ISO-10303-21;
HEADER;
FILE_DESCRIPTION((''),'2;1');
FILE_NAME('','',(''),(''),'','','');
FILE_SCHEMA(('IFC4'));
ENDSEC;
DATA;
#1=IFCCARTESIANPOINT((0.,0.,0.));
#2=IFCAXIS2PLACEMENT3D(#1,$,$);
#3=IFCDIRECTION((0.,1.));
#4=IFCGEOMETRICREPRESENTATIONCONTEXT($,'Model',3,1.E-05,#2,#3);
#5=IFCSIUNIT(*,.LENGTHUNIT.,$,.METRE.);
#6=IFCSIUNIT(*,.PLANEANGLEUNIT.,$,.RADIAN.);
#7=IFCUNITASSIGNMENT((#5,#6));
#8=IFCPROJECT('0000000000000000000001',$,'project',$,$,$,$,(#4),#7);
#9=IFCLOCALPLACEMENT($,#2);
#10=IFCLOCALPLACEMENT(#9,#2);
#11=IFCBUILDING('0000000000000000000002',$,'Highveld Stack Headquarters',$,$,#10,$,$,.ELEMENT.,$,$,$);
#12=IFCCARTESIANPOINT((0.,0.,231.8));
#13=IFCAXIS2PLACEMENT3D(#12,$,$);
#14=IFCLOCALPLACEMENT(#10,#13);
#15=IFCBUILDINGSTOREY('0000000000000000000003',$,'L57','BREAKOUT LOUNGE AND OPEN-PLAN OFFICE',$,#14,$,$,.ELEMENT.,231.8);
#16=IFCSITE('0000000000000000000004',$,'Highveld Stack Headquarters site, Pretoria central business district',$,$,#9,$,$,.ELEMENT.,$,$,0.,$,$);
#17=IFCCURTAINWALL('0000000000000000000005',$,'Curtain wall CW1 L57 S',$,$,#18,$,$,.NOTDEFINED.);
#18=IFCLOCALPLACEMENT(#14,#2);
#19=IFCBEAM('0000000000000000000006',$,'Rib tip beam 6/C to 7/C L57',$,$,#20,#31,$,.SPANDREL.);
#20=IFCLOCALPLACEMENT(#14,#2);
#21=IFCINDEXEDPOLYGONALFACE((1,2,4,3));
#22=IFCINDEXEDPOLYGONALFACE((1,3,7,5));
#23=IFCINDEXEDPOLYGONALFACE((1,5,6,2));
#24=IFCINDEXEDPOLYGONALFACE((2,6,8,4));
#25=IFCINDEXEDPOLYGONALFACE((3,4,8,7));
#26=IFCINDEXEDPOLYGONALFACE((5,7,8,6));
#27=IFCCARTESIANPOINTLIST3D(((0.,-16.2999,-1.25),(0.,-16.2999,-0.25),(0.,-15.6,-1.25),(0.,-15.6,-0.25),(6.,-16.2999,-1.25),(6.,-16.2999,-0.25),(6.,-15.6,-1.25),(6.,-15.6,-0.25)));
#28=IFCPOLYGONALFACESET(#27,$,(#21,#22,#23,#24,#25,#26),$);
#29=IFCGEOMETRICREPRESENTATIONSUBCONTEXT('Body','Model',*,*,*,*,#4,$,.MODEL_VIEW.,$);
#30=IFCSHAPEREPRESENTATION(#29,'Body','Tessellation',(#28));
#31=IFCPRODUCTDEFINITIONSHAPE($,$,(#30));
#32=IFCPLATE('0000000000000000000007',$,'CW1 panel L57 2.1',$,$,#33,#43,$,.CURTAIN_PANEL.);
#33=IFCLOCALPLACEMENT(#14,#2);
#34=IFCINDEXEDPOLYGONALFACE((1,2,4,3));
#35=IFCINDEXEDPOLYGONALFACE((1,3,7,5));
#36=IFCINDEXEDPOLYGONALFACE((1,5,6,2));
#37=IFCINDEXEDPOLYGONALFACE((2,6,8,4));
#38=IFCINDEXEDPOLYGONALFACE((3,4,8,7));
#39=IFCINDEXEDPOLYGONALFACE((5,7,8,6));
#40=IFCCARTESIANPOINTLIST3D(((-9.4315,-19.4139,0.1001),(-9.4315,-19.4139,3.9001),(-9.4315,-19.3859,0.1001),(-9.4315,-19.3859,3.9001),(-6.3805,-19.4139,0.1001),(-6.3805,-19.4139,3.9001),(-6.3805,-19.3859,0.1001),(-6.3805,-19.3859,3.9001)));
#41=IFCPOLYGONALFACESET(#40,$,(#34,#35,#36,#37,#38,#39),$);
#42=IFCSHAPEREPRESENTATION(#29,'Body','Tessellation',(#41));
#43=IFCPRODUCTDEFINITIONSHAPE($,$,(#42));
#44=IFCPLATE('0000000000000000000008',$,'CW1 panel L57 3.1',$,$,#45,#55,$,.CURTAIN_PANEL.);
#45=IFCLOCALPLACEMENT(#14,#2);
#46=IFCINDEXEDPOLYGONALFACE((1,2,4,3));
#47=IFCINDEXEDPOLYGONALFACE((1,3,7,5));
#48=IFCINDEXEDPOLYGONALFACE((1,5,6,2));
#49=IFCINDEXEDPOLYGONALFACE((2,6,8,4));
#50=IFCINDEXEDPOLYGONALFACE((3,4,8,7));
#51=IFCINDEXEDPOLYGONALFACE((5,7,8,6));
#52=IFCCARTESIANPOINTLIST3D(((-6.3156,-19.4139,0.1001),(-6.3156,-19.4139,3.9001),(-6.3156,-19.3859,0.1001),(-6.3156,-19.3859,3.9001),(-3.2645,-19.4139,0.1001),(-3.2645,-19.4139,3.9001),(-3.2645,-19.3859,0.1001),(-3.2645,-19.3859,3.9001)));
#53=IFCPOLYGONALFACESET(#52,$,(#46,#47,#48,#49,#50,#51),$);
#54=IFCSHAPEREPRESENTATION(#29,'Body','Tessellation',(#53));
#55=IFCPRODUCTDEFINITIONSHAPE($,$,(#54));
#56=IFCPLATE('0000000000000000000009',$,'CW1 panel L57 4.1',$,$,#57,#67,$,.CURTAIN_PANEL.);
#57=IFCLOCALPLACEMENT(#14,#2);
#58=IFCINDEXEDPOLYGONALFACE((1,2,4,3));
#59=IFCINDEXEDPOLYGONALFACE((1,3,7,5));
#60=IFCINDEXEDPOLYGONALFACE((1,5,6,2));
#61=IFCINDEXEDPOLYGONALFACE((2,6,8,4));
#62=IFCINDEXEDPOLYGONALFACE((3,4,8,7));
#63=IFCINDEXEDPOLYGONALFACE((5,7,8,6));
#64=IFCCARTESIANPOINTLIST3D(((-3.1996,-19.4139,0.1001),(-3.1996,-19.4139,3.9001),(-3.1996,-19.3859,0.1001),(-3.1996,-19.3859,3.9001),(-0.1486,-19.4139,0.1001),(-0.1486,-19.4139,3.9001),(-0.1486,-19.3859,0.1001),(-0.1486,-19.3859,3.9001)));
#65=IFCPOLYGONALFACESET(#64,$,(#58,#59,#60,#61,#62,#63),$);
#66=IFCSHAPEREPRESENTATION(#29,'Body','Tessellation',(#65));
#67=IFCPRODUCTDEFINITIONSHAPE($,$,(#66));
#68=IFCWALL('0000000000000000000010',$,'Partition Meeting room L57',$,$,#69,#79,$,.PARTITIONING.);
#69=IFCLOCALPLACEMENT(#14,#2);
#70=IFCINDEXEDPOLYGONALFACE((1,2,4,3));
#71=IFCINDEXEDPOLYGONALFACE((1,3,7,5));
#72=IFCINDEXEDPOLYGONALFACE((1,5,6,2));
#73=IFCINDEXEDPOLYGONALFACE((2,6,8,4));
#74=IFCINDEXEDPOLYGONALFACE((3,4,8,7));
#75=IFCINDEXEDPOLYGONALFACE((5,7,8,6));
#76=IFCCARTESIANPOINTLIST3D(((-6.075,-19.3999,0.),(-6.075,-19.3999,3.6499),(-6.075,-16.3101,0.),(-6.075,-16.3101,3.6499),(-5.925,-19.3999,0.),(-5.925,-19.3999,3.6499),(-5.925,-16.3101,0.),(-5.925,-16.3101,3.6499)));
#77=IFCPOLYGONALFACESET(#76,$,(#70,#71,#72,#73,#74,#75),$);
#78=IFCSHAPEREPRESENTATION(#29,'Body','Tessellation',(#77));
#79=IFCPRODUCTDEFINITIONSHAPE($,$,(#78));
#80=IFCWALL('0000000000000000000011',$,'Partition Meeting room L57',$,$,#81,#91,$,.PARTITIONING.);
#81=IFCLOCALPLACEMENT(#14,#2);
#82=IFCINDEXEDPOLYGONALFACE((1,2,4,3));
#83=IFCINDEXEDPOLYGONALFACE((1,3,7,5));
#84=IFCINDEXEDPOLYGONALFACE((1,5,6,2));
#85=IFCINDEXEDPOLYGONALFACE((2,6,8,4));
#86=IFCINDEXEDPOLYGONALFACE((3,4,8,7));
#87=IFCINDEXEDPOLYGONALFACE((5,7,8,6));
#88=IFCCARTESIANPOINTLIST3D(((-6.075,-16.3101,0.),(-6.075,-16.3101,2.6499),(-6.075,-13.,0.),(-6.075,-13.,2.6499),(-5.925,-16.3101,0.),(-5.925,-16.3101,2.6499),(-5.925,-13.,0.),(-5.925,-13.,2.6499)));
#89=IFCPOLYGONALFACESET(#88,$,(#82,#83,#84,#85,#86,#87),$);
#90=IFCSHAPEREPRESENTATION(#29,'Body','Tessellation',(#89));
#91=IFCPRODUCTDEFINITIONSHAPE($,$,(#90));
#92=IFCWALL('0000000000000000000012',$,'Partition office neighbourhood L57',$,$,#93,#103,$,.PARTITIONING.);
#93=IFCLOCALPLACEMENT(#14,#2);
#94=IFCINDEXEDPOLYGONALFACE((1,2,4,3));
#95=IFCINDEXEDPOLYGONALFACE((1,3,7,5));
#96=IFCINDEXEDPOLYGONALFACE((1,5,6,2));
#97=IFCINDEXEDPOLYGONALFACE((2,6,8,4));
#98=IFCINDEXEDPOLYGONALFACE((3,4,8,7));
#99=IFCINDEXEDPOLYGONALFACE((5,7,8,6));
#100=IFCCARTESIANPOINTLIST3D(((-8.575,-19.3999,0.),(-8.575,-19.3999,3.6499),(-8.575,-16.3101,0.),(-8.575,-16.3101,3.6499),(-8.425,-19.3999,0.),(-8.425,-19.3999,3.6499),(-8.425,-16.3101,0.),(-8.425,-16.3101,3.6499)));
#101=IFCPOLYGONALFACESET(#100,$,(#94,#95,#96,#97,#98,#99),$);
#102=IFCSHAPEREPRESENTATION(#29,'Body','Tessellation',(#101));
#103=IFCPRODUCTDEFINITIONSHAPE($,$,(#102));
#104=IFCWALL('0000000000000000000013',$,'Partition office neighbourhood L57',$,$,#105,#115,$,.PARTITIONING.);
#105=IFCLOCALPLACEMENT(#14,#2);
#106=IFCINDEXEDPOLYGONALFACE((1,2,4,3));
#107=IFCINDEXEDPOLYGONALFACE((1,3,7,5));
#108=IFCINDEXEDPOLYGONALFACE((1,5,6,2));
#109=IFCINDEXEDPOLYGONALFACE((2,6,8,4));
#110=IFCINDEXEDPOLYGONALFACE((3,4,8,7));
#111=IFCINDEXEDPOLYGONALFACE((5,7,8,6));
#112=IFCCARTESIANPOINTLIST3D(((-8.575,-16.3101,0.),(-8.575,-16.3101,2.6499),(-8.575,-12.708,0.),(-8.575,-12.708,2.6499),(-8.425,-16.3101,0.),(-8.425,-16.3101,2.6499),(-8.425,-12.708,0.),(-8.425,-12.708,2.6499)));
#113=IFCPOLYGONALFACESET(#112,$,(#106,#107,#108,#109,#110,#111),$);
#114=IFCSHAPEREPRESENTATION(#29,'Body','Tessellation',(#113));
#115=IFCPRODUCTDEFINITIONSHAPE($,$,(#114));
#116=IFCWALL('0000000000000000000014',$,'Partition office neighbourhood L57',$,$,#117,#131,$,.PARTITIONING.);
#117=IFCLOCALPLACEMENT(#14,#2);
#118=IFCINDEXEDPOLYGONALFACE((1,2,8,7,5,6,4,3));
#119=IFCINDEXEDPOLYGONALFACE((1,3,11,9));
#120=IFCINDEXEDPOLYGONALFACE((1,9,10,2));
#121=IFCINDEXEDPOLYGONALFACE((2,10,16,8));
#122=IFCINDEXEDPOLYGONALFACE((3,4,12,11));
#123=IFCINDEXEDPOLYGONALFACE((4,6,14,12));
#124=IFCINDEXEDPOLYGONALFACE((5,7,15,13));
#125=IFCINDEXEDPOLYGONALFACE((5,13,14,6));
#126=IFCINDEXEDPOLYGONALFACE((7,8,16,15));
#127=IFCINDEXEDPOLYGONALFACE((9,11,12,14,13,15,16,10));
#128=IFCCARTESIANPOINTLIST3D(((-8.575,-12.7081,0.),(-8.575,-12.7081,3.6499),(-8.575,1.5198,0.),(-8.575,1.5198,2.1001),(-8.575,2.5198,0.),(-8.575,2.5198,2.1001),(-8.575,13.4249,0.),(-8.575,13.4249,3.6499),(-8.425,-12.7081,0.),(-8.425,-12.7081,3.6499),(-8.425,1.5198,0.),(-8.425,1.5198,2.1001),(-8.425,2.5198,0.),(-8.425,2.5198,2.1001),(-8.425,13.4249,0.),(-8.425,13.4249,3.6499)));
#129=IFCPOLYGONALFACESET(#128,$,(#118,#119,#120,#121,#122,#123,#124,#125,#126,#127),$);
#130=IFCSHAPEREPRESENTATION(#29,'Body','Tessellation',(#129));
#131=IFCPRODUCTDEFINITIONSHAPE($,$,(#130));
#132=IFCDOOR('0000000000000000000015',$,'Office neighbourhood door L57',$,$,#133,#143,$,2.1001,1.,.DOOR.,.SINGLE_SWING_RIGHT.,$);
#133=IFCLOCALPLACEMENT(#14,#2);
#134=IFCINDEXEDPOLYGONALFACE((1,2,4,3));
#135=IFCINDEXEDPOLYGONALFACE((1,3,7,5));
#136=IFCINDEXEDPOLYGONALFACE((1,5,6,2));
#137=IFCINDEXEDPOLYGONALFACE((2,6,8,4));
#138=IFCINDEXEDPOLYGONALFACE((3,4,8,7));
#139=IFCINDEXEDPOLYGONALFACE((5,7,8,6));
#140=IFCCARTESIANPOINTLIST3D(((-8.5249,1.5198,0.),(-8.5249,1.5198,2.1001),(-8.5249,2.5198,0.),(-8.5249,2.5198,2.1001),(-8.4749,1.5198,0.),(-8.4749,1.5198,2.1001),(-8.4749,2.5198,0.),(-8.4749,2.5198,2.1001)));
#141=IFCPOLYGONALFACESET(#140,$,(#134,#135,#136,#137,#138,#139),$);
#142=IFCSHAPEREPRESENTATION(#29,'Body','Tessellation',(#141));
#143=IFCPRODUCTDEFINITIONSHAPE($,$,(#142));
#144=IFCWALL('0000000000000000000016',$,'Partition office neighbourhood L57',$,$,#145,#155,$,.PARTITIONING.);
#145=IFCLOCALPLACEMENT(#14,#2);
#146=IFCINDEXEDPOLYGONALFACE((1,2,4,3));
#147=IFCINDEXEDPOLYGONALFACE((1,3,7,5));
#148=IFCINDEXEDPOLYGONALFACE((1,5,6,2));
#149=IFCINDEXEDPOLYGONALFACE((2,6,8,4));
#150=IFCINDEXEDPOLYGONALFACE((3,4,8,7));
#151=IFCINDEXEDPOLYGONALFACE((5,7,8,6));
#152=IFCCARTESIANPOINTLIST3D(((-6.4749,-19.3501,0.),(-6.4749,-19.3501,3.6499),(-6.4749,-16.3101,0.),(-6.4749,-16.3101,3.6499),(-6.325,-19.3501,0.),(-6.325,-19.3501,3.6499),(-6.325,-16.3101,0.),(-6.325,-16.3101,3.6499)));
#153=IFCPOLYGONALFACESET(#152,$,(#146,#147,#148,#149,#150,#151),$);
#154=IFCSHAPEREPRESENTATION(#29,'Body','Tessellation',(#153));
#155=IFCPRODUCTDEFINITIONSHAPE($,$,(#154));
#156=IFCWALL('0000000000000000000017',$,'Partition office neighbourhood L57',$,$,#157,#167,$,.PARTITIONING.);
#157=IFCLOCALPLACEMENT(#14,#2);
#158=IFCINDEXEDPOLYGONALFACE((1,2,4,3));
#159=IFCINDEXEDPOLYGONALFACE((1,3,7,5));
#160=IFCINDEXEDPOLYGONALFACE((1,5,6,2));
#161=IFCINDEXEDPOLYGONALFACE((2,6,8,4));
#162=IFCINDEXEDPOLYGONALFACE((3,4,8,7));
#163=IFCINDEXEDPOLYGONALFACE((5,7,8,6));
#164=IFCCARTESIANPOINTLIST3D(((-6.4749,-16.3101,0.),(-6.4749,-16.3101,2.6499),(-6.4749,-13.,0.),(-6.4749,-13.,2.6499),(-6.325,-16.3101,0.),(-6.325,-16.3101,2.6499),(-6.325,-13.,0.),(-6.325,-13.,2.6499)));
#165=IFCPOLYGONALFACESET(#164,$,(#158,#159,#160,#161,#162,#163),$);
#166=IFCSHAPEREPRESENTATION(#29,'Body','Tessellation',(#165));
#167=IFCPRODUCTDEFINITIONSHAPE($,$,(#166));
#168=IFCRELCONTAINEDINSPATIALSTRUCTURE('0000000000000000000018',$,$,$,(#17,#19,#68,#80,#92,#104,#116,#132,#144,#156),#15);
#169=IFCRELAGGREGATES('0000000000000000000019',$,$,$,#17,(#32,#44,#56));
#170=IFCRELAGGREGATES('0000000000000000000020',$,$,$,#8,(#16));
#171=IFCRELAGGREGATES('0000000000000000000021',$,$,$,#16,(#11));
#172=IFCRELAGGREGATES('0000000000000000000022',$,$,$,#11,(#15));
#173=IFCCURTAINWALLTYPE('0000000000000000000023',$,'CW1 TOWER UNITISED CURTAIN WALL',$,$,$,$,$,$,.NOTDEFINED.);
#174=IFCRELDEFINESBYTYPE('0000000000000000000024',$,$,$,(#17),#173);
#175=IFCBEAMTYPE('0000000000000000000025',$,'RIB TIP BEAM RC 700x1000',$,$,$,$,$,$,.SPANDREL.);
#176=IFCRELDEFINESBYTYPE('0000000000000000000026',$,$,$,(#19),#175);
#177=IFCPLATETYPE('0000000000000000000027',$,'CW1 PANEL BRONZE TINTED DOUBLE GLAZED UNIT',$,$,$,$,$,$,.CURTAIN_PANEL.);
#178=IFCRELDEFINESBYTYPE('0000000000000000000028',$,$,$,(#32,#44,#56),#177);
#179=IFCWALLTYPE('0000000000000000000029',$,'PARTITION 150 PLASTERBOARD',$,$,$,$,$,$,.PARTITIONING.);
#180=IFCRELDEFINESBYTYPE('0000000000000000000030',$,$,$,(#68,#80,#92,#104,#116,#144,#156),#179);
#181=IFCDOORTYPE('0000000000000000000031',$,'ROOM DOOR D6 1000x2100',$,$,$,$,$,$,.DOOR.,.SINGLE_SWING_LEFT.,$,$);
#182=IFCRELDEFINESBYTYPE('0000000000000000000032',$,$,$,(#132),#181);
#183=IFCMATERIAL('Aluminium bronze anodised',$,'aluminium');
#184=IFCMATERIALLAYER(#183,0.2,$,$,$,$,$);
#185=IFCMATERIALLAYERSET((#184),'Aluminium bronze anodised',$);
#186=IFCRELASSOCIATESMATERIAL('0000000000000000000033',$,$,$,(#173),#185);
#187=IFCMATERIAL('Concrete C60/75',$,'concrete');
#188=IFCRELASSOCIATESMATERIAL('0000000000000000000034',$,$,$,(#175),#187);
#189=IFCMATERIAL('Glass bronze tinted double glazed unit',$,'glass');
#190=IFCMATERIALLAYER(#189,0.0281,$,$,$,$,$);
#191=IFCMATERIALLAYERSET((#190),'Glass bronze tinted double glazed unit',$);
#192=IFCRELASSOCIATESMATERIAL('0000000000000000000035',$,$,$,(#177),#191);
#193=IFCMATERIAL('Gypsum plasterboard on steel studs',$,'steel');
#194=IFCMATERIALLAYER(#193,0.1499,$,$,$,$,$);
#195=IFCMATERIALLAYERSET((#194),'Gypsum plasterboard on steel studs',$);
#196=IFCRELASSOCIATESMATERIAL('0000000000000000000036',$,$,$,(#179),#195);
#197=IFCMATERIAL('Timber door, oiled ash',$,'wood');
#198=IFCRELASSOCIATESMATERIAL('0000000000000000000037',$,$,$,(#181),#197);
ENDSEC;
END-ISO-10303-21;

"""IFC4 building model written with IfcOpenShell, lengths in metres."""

from ifc_helpers import new_model, si_unit, direction, frame, frame_2d, origin, origin_2d, place, context, subcontext, project, spatial, rectangle, extrude, material, layer, layer_set, material_profile, profile_set, type_object, element, fill, aggregate, save


model = new_model("IFC4")

# Units and contexts
model_context = context("Model", 3, precision=1e-05, world=origin(), true_north=direction((0.0, 1.0)))
body_context = subcontext(model_context, "Body", "Model", "MODEL_VIEW")
ifc_project = project(units=[si_unit("LENGTHUNIT", "METRE"), si_unit("PLANEANGLEUNIT", "RADIAN")], contexts=[model_context])

# Site, building, storey
site_placement = place(None, origin())
site = spatial("IfcSite", under=ifc_project, at=site_placement, Name="Highveld Stack Headquarters site, Pretoria central business district", CompositionType="ELEMENT", RefElevation=0.0)
building_placement = place(site_placement, origin())
building = spatial("IfcBuilding", under=site, at=building_placement, Name="Highveld Stack Headquarters", CompositionType="ELEMENT")
storey_placement = place(building_placement, frame((0.0, 0.0, 231.8)))
storey = spatial("IfcBuildingStorey", under=building, at=storey_placement, Name="L57", Description="BREAKOUT LOUNGE AND OPEN-PLAN OFFICE", CompositionType="ELEMENT", Elevation=231.8)

# Curtain wall
ifc_material_1 = material(Name="Aluminium bronze anodised", Category="aluminium")
ifc_layer_1 = layer(ifc_material_1, 0.2)
ifc_layer_set_1 = layer_set([ifc_layer_1], Name="Aluminium bronze anodised")
curtain_wall_type = type_object("IfcCurtainWallType", Name="CW1 TOWER UNITISED CURTAIN WALL", PredefinedType="NOTDEFINED", material=ifc_layer_set_1)
curtain_wall_placement = place(storey_placement, origin())
curtain_wall = element("IfcCurtainWall", 1, at=curtain_wall_placement, inside=storey, type_object=curtain_wall_type, Name="Curtain wall CW1 L57 S", PredefinedType="NOTDEFINED")

# Beam
ifc_material_2 = material(Name="Concrete C60/75", Category="concrete")
ifc_material_profile_1 = material_profile(ifc_material_2, rectangle(XDim=0.7, YDim=1.0, at=origin_2d()), Name="RC 700x1000")
ifc_profile_set_1 = profile_set([ifc_material_profile_1], Name="Concrete C60/75")
beam_type_1 = type_object("IfcBeamType", Name="RIB TIP BEAM RC 700x1000", PredefinedType="SPANDREL", material=ifc_profile_set_1)
beam_1_placement = place(storey_placement, frame((0.0, -15.95, -0.75), z_axis=(1.0, 0.0, 0.0), x_axis=(0.0, 1.0, 0.0)))
element("IfcBeam", 2, at=beam_1_placement, inside=storey, type_object=beam_type_1, Name="Rib tip beam 6/C to 7/C L57", PredefinedType="SPANDREL", context=body_context, shape_type="SweptSolid", body=[
    extrude(rectangle(XDim=0.7, YDim=1.0, at=origin_2d()), origin(), (0.0, 0.0, 1.0), 6.0),
])

# Plates
ifc_material_3 = material(Name="Glass bronze tinted double glazed unit", Category="glass")
ifc_layer_2 = layer(ifc_material_3, 0.0281)
ifc_layer_set_2 = layer_set([ifc_layer_2], Name="Glass bronze tinted double glazed unit")
plate_type = type_object("IfcPlateType", Name="CW1 PANEL BRONZE TINTED DOUBLE GLAZED UNIT", PredefinedType="CURTAIN_PANEL", material=ifc_layer_set_2)
plate_1_placement = place(storey_placement, frame((-7.906, -19.3999, 0.1001), z_axis=(0.0, 0.0, 1.0), x_axis=(1.0, 0.0, 0.0)))
plate_1 = element("IfcPlate", 3, at=plate_1_placement, type_object=plate_type, Name="CW1 panel L57 2.1", PredefinedType="CURTAIN_PANEL", context=body_context, shape_type="SweptSolid", body=[
    extrude(rectangle(XDim=3.051, YDim=0.0281, at=origin_2d()), origin(), (0.0, 0.0, 1.0), 3.8),
])
plate_2_placement = place(storey_placement, frame((-4.79, -19.3999, 0.1001), z_axis=(0.0, 0.0, 1.0), x_axis=(1.0, 0.0, 0.0)))
plate_2 = element("IfcPlate", 4, at=plate_2_placement, type_object=plate_type, Name="CW1 panel L57 3.1", PredefinedType="CURTAIN_PANEL", context=body_context, shape_type="SweptSolid", body=[
    extrude(rectangle(XDim=3.051, YDim=0.0281, at=origin_2d()), origin(), (0.0, 0.0, 1.0), 3.8),
])
plate_3_placement = place(storey_placement, frame((-1.6741, -19.3999, 0.1001), z_axis=(0.0, 0.0, 1.0), x_axis=(1.0, 0.0, 0.0)))
plate_3 = element("IfcPlate", 5, at=plate_3_placement, type_object=plate_type, Name="CW1 panel L57 4.1", PredefinedType="CURTAIN_PANEL", context=body_context, shape_type="SweptSolid", body=[
    extrude(rectangle(XDim=3.051, YDim=0.0281, at=origin_2d()), origin(), (0.0, 0.0, 1.0), 3.8),
])
aggregate(curtain_wall, [plate_1, plate_2, plate_3])

# Walls
ifc_material_4 = material(Name="Gypsum plasterboard on steel studs", Category="steel")
ifc_layer_3 = layer(ifc_material_4, 0.1499)
ifc_layer_set_3 = layer_set([ifc_layer_3], Name="Gypsum plasterboard on steel studs")
wall_type = type_object("IfcWallType", Name="PARTITION 150 PLASTERBOARD", PredefinedType="PARTITIONING", material=ifc_layer_set_3)
wall_1_placement = place(storey_placement, frame((-6.0, -19.3999, 0.0), z_axis=(0.0, 0.0, 1.0), x_axis=(0.0, 1.0, 0.0)))
element("IfcWall", 6, at=wall_1_placement, inside=storey, type_object=wall_type, Name="Partition Meeting room L57", PredefinedType="PARTITIONING", context=body_context, shape_type="SweptSolid", body=[
    extrude(rectangle(XDim=3.0898, YDim=0.1499, at=frame_2d((1.5449, 0.0))), origin(), (0.0, 0.0, 1.0), 3.6499),
])
wall_2_placement = place(storey_placement, frame((-6.0, -16.3101, 0.0), z_axis=(0.0, 0.0, 1.0), x_axis=(0.0, 1.0, 0.0)))
element("IfcWall", 7, at=wall_2_placement, inside=storey, type_object=wall_type, Name="Partition Meeting room L57", PredefinedType="PARTITIONING", context=body_context, shape_type="SweptSolid", body=[
    extrude(rectangle(XDim=3.3101, YDim=0.1499, at=frame_2d((1.655, 0.0))), origin(), (0.0, 0.0, 1.0), 2.6499),
])
wall_3_placement = place(storey_placement, frame((-8.5, -19.3999, 0.0), z_axis=(0.0, 0.0, 1.0), x_axis=(0.0, 1.0, 0.0)))
element("IfcWall", 8, at=wall_3_placement, inside=storey, type_object=wall_type, Name="Partition office neighbourhood L57", PredefinedType="PARTITIONING", context=body_context, shape_type="SweptSolid", body=[
    extrude(rectangle(XDim=3.0898, YDim=0.1499, at=frame_2d((1.5449, 0.0))), origin(), (0.0, 0.0, 1.0), 3.6499),
])
wall_4_placement = place(storey_placement, frame((-8.5, -16.3101, 0.0), z_axis=(0.0, 0.0, 1.0), x_axis=(0.0, 1.0, 0.0)))
element("IfcWall", 9, at=wall_4_placement, inside=storey, type_object=wall_type, Name="Partition office neighbourhood L57", PredefinedType="PARTITIONING", context=body_context, shape_type="SweptSolid", body=[
    extrude(rectangle(XDim=3.6021, YDim=0.1499, at=frame_2d((1.801, 0.0))), origin(), (0.0, 0.0, 1.0), 2.6499),
])

# Wall, opening, door
wall_5_placement = place(storey_placement, frame((-8.5, -12.708, 0.0), z_axis=(0.0, 0.0, 1.0), x_axis=(0.0, 1.0, 0.0)))
wall_5 = element("IfcWall", 10, at=wall_5_placement, inside=storey, type_object=wall_type, Name="Partition office neighbourhood L57", PredefinedType="PARTITIONING", context=body_context, shape_type="SweptSolid", body=[
    extrude(rectangle(XDim=26.1331, YDim=0.1499, at=frame_2d((13.0664, 0.0))), origin(), (0.0, 0.0, 1.0), 3.6499),
])
opening_placement = place(wall_5_placement, frame((14.2278, 0.0, 0.0)))
opening = element("IfcOpeningElement", 11, at=opening_placement, cuts=wall_5, PredefinedType="OPENING", context=body_context, shape_type="SweptSolid", body=[
    extrude(rectangle(XDim=1.0, YDim=2.1001, at=frame_2d((0.5, 1.05))), frame((0.0, 0.085, 0.0), z_axis=(0.0, -1.0, 0.0), x_axis=(1.0, 0.0, 0.0)), (0.0, 0.0, 1.0), 0.1699),
])
ifc_material_5 = material(Name="Timber door, oiled ash", Category="wood")
door_type = type_object("IfcDoorType", Name="ROOM DOOR D6 1000x2100", OperationType="SINGLE_SWING_LEFT", PredefinedType="DOOR", material=ifc_material_5)
door_placement = place(opening_placement, origin())
door = element("IfcDoor", 12, at=door_placement, inside=storey, type_object=door_type, Name="Office neighbourhood door L57", OperationType="SINGLE_SWING_RIGHT", OverallHeight=2.1001, OverallWidth=1.0, PredefinedType="DOOR", context=body_context, shape_type="SweptSolid", body=[
    extrude(rectangle(XDim=1.0, YDim=2.1001, at=frame_2d((0.5, 1.05))), frame((0.0, 0.0249, 0.0), z_axis=(0.0, -1.0, 0.0), x_axis=(1.0, 0.0, 0.0)), (0.0, 0.0, 1.0), 0.05),
])
fill(opening, door)

# Walls
wall_6_placement = place(storey_placement, frame((-6.3999, -19.3501, 0.0), z_axis=(0.0, 0.0, 1.0), x_axis=(0.0, 1.0, 0.0)))
element("IfcWall", 13, at=wall_6_placement, inside=storey, type_object=wall_type, Name="Partition office neighbourhood L57", PredefinedType="PARTITIONING", context=body_context, shape_type="SweptSolid", body=[
    extrude(rectangle(XDim=3.04, YDim=0.1499, at=frame_2d((1.52, 0.0))), origin(), (0.0, 0.0, 1.0), 3.6499),
])
wall_7_placement = place(storey_placement, frame((-6.3999, -16.3101, 0.0), z_axis=(0.0, 0.0, 1.0), x_axis=(0.0, 1.0, 0.0)))
element("IfcWall", 14, at=wall_7_placement, inside=storey, type_object=wall_type, Name="Partition office neighbourhood L57", PredefinedType="PARTITIONING", context=body_context, shape_type="SweptSolid", body=[
    extrude(rectangle(XDim=3.3101, YDim=0.1499, at=frame_2d((1.655, 0.0))), origin(), (0.0, 0.0, 1.0), 2.6499),
])

save(model, "model.ifc")
